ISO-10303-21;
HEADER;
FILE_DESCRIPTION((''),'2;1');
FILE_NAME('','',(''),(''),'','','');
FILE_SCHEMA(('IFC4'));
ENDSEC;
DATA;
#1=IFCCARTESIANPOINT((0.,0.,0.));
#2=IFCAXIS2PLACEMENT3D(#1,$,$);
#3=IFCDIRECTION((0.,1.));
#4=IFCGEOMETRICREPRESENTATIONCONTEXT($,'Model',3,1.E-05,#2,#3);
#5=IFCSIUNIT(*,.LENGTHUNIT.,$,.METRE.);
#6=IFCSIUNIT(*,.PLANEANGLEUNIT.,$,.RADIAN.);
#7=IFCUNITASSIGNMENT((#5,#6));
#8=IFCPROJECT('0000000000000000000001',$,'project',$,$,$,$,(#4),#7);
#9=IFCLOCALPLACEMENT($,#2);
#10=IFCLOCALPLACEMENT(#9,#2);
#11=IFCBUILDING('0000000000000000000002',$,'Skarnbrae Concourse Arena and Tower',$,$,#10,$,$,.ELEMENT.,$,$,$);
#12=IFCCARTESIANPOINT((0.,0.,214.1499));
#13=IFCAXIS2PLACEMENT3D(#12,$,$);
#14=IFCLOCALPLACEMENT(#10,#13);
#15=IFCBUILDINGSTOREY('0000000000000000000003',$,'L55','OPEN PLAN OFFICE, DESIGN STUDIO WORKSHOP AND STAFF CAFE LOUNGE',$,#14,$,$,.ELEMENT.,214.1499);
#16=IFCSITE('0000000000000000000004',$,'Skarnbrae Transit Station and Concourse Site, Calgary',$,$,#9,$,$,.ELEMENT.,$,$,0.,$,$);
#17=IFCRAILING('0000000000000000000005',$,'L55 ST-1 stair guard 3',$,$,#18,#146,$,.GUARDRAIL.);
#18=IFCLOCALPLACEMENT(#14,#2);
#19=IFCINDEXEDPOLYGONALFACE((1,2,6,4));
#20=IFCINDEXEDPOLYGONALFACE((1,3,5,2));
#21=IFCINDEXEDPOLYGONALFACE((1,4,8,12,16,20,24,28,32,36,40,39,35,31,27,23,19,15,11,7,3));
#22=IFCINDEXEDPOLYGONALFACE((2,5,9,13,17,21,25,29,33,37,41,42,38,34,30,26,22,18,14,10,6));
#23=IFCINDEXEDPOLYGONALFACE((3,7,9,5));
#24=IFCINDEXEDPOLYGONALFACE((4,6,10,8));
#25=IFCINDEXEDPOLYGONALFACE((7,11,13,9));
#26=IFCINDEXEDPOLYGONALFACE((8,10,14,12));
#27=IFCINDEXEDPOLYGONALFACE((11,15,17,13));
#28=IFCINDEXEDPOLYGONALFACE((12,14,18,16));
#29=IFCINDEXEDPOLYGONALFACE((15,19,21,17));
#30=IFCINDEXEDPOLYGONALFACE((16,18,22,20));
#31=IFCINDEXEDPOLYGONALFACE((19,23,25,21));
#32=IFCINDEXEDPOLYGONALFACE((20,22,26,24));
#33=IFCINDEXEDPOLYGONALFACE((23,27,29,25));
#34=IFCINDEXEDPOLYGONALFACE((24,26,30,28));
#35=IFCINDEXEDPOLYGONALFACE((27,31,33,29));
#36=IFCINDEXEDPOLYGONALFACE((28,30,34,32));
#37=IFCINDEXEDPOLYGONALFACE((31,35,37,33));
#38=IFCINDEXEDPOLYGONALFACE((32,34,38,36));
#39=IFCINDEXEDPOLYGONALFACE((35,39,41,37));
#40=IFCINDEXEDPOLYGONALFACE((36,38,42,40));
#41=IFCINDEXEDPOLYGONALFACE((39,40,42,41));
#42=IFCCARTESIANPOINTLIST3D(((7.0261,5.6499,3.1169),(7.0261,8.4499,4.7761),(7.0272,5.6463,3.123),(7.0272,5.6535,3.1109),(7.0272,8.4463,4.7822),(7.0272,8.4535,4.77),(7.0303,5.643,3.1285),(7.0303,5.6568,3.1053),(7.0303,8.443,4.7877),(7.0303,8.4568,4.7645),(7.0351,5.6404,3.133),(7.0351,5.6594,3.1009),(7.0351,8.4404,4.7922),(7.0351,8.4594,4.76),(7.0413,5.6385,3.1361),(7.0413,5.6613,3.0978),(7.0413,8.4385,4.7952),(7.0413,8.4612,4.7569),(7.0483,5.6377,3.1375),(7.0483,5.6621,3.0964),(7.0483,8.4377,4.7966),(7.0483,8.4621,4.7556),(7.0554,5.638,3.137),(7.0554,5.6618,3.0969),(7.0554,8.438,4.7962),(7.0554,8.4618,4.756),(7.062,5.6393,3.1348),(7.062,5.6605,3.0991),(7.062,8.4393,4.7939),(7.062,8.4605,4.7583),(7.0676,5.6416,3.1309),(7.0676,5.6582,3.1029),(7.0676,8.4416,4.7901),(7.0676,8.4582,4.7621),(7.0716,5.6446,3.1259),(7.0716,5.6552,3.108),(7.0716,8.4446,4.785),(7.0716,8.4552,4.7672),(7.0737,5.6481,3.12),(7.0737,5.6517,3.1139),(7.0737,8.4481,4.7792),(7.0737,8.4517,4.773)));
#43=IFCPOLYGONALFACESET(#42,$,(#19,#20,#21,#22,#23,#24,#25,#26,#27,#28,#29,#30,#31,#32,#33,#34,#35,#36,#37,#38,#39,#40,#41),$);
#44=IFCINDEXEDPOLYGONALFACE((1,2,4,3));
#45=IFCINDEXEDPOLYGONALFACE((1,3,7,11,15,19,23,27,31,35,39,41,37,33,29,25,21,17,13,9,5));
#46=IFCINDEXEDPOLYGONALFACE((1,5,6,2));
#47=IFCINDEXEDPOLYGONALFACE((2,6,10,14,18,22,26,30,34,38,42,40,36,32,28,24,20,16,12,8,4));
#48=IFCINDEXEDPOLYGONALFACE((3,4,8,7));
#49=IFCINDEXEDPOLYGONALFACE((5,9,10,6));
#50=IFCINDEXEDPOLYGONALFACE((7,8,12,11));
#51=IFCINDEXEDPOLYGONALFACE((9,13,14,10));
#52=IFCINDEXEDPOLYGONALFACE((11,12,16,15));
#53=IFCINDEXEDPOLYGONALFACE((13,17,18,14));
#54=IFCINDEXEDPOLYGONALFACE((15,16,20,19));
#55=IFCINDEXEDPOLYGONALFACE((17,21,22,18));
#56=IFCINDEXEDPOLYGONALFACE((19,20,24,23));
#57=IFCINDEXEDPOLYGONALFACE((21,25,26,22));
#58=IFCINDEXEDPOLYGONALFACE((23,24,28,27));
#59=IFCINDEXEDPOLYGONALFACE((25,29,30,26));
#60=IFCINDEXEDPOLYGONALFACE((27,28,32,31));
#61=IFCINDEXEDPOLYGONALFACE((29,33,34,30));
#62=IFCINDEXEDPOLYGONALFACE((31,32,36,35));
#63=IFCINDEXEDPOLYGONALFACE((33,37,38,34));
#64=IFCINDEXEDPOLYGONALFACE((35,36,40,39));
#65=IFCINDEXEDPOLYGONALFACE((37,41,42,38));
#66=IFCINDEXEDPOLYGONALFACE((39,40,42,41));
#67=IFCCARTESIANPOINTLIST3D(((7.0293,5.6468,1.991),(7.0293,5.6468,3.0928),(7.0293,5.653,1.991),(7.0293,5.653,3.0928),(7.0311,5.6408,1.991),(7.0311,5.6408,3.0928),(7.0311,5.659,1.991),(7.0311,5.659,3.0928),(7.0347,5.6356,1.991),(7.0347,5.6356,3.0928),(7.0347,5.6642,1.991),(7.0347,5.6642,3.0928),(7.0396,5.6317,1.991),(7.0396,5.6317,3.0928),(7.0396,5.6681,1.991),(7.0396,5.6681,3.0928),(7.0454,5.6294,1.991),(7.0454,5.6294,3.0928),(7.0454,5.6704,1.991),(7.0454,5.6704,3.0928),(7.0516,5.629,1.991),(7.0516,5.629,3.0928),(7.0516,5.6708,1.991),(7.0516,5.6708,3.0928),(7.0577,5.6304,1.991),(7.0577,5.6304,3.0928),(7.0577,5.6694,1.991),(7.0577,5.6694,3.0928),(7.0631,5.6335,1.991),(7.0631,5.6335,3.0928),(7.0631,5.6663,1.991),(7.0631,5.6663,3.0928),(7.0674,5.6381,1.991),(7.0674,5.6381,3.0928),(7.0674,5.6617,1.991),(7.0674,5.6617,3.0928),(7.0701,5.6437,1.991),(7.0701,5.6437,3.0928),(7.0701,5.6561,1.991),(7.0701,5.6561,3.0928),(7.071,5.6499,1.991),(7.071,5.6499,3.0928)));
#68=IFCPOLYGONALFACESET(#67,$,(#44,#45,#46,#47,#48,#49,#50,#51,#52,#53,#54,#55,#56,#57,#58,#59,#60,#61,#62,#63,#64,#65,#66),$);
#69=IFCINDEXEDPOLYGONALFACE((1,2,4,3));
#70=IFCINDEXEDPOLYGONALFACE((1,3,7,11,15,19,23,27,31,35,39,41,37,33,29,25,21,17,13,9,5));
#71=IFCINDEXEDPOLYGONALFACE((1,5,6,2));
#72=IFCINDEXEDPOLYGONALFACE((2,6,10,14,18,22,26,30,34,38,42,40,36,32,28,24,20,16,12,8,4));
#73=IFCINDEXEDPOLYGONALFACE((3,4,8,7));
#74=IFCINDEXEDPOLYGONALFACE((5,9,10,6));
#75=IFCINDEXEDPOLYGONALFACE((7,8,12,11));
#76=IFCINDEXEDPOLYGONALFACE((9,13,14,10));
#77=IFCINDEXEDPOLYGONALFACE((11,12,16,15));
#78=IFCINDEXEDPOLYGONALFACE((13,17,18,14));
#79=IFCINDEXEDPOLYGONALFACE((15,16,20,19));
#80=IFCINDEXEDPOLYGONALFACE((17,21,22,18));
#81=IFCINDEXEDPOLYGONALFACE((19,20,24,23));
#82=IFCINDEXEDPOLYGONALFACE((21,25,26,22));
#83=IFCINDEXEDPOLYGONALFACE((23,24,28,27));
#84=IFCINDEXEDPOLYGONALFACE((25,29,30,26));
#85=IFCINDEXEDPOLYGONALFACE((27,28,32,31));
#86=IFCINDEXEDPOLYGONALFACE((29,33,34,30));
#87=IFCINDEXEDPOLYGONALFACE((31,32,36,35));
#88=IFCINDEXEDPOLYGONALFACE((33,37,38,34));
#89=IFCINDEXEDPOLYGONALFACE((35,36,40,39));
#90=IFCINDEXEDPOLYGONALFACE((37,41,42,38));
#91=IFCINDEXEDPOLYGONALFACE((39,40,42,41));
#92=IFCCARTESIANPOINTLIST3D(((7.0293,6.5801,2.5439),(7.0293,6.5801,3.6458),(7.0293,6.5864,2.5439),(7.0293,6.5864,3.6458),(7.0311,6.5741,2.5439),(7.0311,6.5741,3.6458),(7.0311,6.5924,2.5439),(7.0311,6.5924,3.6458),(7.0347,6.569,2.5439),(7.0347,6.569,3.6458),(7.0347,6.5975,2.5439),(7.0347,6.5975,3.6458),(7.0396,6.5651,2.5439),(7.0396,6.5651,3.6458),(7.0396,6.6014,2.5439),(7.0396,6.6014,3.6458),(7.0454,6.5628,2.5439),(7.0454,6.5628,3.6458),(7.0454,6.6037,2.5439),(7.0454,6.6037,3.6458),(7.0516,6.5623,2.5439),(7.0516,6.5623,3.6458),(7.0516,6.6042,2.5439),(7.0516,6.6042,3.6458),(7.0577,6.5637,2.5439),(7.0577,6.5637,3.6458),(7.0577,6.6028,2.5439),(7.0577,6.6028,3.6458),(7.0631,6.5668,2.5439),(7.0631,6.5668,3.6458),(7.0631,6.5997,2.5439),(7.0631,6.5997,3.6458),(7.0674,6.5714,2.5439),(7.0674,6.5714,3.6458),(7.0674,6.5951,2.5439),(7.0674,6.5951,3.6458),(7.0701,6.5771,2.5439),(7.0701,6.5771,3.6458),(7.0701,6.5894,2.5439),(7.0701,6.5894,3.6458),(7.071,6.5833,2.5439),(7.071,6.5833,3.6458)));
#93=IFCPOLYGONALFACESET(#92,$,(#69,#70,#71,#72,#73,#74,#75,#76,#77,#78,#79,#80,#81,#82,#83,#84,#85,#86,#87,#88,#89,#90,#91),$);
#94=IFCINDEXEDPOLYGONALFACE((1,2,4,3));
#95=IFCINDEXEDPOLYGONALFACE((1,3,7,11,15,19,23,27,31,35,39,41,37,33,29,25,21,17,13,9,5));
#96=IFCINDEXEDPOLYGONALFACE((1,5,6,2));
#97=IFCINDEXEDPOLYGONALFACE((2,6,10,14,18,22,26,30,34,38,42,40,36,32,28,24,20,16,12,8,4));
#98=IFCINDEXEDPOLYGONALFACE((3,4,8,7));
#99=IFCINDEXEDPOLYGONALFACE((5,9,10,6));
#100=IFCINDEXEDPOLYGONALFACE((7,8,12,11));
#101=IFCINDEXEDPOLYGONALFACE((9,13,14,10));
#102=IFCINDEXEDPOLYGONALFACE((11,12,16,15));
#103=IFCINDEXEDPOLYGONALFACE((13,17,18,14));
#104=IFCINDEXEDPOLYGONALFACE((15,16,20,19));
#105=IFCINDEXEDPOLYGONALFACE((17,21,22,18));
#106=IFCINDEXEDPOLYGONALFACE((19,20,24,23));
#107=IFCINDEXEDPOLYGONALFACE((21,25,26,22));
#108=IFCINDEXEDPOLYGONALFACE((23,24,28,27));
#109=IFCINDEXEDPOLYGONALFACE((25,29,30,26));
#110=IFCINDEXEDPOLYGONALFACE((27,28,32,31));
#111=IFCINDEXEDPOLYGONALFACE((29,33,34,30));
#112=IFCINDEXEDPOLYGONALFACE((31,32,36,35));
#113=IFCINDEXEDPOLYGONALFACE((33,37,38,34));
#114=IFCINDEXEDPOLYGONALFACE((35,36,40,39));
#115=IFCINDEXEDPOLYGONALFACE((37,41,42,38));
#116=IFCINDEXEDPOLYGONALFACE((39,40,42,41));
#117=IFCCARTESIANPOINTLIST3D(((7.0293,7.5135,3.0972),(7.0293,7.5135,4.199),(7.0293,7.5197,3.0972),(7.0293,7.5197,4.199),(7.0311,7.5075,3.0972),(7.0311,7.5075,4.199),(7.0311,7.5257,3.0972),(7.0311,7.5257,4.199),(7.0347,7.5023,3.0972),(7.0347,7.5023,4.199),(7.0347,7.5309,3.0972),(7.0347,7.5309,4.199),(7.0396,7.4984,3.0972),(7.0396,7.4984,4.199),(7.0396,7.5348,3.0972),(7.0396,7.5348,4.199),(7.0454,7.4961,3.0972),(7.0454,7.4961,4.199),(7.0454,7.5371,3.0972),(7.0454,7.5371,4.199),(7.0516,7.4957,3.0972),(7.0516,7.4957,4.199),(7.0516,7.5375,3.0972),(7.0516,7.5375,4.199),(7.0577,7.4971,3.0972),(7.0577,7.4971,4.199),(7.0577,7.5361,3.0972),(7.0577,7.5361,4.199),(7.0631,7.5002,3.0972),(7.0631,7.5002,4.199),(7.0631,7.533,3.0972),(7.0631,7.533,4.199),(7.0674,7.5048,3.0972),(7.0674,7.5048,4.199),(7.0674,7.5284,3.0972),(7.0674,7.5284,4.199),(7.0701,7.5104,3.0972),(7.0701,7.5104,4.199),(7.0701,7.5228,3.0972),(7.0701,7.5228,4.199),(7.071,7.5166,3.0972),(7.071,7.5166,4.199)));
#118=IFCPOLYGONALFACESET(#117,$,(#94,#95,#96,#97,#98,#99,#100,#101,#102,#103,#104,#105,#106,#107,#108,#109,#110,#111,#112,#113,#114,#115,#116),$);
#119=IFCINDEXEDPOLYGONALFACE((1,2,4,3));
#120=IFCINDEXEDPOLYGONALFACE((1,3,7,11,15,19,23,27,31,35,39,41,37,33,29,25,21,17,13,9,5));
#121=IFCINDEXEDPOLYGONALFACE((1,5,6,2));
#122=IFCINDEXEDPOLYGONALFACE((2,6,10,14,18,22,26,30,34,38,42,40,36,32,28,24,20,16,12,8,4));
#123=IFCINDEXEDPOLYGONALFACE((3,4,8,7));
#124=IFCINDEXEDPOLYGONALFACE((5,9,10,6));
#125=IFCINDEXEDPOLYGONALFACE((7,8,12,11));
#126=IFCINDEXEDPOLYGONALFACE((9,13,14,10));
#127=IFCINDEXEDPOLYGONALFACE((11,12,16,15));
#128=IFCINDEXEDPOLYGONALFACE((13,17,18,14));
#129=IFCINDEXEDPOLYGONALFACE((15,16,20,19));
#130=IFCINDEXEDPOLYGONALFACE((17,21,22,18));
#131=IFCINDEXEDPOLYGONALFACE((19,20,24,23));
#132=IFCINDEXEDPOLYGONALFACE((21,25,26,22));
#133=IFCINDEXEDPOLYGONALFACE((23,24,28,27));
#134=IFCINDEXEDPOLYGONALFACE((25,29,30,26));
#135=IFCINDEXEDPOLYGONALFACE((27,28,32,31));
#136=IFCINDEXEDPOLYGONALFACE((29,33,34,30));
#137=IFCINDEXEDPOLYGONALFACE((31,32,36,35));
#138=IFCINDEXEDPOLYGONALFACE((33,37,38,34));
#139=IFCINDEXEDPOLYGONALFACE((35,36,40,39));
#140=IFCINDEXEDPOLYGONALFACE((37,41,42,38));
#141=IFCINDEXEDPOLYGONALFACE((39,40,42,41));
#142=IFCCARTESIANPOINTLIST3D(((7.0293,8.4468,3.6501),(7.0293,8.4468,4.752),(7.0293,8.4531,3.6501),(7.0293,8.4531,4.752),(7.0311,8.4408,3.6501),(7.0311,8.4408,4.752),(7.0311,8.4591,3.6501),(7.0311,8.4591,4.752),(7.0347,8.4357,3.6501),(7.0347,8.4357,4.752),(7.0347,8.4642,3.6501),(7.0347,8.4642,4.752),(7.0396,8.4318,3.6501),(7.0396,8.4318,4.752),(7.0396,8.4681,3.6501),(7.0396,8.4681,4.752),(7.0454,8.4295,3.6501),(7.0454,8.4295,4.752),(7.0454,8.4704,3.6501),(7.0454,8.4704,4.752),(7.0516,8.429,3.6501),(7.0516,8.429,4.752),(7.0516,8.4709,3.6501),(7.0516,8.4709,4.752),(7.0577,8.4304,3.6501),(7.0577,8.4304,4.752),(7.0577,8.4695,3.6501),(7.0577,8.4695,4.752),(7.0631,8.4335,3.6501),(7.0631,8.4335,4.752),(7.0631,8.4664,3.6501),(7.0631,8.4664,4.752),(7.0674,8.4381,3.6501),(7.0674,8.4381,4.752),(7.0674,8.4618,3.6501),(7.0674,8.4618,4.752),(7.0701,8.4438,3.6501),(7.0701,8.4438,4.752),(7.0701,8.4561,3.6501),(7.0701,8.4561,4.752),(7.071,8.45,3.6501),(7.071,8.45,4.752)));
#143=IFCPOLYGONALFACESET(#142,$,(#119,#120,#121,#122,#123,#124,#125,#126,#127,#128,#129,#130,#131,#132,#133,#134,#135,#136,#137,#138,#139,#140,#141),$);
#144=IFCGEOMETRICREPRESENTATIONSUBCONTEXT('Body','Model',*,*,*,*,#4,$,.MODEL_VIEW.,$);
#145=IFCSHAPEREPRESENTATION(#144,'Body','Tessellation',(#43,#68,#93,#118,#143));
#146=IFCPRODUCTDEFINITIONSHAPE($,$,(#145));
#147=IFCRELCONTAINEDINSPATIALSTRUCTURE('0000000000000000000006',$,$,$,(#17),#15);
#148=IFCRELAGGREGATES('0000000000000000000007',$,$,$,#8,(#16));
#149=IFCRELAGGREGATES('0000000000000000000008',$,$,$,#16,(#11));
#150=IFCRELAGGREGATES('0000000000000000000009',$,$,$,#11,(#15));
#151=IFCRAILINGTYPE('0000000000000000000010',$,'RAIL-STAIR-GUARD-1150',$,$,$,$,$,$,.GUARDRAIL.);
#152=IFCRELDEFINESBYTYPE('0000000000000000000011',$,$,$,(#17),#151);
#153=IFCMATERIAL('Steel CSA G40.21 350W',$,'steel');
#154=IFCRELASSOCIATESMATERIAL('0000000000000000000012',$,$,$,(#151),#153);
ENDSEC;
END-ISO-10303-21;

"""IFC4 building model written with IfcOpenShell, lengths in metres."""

from ifc_helpers import new_model, si_unit, direction, frame, origin, origin_2d, place, context, subcontext, project, spatial, circle, extrude, material, type_object, element, save


model = new_model("IFC4")

# Units and contexts
model_context = context("Model", 3, precision=1e-05, world=origin(), true_north=direction((0.0, 1.0)))
body_context = subcontext(model_context, "Body", "Model", "MODEL_VIEW")
ifc_project = project(units=[si_unit("LENGTHUNIT", "METRE"), si_unit("PLANEANGLEUNIT", "RADIAN")], contexts=[model_context])

# Site, building, storey
site_placement = place(None, origin())
site = spatial("IfcSite", under=ifc_project, at=site_placement, Name="Skarnbrae Transit Station and Concourse Site, Calgary", CompositionType="ELEMENT", RefElevation=0.0)
building_placement = place(site_placement, origin())
building = spatial("IfcBuilding", under=site, at=building_placement, Name="Skarnbrae Concourse Arena and Tower", CompositionType="ELEMENT")
storey_placement = place(building_placement, frame((0.0, 0.0, 214.1499)))
storey = spatial("IfcBuildingStorey", under=building, at=storey_placement, Name="L55", Description="OPEN PLAN OFFICE, DESIGN STUDIO WORKSHOP AND STAFF CAFE LOUNGE", CompositionType="ELEMENT", Elevation=214.1499)

# Shared definitions
ifc_material_1 = material(Name="Steel CSA G40.21 350W", Category="steel")

# Railing
railing_type_1 = type_object("IfcRailingType", Name="RAIL-STAIR-GUARD-1150", PredefinedType="GUARDRAIL", material=ifc_material_1)
railing_1_placement = place(storey_placement, frame((7.05, 5.6499, 1.991)))
element("IfcRailing", 1, at=railing_1_placement, inside=storey, type_object=railing_type_1, Name="L55 ST-1 stair guard 3", PredefinedType="GUARDRAIL", context=body_context, shape_type="SweptSolid", body=[
    extrude(circle(Radius=0.0239, at=origin_2d()), frame((0.0, 0.0, 1.126), z_axis=(0.0, 0.860306, 0.509778), x_axis=(-1.0, 0.0, 0.0)), (0.0, 0.0, 1.0), 3.2546),
    extrude(circle(Radius=0.021, at=origin_2d()), origin(), (0.0, 0.0, 1.0), 1.1018),
    extrude(circle(Radius=0.021, at=origin_2d()), frame((0.0, 0.9333, 0.553)), (0.0, 0.0, 1.0), 1.1018),
    extrude(circle(Radius=0.021, at=origin_2d()), frame((0.0, 1.8667, 1.1062)), (0.0, 0.0, 1.0), 1.1018),
    extrude(circle(Radius=0.021, at=origin_2d()), frame((0.0, 2.8, 1.6592)), (0.0, 0.0, 1.0), 1.1018),
])

save(model, "model.ifc")
